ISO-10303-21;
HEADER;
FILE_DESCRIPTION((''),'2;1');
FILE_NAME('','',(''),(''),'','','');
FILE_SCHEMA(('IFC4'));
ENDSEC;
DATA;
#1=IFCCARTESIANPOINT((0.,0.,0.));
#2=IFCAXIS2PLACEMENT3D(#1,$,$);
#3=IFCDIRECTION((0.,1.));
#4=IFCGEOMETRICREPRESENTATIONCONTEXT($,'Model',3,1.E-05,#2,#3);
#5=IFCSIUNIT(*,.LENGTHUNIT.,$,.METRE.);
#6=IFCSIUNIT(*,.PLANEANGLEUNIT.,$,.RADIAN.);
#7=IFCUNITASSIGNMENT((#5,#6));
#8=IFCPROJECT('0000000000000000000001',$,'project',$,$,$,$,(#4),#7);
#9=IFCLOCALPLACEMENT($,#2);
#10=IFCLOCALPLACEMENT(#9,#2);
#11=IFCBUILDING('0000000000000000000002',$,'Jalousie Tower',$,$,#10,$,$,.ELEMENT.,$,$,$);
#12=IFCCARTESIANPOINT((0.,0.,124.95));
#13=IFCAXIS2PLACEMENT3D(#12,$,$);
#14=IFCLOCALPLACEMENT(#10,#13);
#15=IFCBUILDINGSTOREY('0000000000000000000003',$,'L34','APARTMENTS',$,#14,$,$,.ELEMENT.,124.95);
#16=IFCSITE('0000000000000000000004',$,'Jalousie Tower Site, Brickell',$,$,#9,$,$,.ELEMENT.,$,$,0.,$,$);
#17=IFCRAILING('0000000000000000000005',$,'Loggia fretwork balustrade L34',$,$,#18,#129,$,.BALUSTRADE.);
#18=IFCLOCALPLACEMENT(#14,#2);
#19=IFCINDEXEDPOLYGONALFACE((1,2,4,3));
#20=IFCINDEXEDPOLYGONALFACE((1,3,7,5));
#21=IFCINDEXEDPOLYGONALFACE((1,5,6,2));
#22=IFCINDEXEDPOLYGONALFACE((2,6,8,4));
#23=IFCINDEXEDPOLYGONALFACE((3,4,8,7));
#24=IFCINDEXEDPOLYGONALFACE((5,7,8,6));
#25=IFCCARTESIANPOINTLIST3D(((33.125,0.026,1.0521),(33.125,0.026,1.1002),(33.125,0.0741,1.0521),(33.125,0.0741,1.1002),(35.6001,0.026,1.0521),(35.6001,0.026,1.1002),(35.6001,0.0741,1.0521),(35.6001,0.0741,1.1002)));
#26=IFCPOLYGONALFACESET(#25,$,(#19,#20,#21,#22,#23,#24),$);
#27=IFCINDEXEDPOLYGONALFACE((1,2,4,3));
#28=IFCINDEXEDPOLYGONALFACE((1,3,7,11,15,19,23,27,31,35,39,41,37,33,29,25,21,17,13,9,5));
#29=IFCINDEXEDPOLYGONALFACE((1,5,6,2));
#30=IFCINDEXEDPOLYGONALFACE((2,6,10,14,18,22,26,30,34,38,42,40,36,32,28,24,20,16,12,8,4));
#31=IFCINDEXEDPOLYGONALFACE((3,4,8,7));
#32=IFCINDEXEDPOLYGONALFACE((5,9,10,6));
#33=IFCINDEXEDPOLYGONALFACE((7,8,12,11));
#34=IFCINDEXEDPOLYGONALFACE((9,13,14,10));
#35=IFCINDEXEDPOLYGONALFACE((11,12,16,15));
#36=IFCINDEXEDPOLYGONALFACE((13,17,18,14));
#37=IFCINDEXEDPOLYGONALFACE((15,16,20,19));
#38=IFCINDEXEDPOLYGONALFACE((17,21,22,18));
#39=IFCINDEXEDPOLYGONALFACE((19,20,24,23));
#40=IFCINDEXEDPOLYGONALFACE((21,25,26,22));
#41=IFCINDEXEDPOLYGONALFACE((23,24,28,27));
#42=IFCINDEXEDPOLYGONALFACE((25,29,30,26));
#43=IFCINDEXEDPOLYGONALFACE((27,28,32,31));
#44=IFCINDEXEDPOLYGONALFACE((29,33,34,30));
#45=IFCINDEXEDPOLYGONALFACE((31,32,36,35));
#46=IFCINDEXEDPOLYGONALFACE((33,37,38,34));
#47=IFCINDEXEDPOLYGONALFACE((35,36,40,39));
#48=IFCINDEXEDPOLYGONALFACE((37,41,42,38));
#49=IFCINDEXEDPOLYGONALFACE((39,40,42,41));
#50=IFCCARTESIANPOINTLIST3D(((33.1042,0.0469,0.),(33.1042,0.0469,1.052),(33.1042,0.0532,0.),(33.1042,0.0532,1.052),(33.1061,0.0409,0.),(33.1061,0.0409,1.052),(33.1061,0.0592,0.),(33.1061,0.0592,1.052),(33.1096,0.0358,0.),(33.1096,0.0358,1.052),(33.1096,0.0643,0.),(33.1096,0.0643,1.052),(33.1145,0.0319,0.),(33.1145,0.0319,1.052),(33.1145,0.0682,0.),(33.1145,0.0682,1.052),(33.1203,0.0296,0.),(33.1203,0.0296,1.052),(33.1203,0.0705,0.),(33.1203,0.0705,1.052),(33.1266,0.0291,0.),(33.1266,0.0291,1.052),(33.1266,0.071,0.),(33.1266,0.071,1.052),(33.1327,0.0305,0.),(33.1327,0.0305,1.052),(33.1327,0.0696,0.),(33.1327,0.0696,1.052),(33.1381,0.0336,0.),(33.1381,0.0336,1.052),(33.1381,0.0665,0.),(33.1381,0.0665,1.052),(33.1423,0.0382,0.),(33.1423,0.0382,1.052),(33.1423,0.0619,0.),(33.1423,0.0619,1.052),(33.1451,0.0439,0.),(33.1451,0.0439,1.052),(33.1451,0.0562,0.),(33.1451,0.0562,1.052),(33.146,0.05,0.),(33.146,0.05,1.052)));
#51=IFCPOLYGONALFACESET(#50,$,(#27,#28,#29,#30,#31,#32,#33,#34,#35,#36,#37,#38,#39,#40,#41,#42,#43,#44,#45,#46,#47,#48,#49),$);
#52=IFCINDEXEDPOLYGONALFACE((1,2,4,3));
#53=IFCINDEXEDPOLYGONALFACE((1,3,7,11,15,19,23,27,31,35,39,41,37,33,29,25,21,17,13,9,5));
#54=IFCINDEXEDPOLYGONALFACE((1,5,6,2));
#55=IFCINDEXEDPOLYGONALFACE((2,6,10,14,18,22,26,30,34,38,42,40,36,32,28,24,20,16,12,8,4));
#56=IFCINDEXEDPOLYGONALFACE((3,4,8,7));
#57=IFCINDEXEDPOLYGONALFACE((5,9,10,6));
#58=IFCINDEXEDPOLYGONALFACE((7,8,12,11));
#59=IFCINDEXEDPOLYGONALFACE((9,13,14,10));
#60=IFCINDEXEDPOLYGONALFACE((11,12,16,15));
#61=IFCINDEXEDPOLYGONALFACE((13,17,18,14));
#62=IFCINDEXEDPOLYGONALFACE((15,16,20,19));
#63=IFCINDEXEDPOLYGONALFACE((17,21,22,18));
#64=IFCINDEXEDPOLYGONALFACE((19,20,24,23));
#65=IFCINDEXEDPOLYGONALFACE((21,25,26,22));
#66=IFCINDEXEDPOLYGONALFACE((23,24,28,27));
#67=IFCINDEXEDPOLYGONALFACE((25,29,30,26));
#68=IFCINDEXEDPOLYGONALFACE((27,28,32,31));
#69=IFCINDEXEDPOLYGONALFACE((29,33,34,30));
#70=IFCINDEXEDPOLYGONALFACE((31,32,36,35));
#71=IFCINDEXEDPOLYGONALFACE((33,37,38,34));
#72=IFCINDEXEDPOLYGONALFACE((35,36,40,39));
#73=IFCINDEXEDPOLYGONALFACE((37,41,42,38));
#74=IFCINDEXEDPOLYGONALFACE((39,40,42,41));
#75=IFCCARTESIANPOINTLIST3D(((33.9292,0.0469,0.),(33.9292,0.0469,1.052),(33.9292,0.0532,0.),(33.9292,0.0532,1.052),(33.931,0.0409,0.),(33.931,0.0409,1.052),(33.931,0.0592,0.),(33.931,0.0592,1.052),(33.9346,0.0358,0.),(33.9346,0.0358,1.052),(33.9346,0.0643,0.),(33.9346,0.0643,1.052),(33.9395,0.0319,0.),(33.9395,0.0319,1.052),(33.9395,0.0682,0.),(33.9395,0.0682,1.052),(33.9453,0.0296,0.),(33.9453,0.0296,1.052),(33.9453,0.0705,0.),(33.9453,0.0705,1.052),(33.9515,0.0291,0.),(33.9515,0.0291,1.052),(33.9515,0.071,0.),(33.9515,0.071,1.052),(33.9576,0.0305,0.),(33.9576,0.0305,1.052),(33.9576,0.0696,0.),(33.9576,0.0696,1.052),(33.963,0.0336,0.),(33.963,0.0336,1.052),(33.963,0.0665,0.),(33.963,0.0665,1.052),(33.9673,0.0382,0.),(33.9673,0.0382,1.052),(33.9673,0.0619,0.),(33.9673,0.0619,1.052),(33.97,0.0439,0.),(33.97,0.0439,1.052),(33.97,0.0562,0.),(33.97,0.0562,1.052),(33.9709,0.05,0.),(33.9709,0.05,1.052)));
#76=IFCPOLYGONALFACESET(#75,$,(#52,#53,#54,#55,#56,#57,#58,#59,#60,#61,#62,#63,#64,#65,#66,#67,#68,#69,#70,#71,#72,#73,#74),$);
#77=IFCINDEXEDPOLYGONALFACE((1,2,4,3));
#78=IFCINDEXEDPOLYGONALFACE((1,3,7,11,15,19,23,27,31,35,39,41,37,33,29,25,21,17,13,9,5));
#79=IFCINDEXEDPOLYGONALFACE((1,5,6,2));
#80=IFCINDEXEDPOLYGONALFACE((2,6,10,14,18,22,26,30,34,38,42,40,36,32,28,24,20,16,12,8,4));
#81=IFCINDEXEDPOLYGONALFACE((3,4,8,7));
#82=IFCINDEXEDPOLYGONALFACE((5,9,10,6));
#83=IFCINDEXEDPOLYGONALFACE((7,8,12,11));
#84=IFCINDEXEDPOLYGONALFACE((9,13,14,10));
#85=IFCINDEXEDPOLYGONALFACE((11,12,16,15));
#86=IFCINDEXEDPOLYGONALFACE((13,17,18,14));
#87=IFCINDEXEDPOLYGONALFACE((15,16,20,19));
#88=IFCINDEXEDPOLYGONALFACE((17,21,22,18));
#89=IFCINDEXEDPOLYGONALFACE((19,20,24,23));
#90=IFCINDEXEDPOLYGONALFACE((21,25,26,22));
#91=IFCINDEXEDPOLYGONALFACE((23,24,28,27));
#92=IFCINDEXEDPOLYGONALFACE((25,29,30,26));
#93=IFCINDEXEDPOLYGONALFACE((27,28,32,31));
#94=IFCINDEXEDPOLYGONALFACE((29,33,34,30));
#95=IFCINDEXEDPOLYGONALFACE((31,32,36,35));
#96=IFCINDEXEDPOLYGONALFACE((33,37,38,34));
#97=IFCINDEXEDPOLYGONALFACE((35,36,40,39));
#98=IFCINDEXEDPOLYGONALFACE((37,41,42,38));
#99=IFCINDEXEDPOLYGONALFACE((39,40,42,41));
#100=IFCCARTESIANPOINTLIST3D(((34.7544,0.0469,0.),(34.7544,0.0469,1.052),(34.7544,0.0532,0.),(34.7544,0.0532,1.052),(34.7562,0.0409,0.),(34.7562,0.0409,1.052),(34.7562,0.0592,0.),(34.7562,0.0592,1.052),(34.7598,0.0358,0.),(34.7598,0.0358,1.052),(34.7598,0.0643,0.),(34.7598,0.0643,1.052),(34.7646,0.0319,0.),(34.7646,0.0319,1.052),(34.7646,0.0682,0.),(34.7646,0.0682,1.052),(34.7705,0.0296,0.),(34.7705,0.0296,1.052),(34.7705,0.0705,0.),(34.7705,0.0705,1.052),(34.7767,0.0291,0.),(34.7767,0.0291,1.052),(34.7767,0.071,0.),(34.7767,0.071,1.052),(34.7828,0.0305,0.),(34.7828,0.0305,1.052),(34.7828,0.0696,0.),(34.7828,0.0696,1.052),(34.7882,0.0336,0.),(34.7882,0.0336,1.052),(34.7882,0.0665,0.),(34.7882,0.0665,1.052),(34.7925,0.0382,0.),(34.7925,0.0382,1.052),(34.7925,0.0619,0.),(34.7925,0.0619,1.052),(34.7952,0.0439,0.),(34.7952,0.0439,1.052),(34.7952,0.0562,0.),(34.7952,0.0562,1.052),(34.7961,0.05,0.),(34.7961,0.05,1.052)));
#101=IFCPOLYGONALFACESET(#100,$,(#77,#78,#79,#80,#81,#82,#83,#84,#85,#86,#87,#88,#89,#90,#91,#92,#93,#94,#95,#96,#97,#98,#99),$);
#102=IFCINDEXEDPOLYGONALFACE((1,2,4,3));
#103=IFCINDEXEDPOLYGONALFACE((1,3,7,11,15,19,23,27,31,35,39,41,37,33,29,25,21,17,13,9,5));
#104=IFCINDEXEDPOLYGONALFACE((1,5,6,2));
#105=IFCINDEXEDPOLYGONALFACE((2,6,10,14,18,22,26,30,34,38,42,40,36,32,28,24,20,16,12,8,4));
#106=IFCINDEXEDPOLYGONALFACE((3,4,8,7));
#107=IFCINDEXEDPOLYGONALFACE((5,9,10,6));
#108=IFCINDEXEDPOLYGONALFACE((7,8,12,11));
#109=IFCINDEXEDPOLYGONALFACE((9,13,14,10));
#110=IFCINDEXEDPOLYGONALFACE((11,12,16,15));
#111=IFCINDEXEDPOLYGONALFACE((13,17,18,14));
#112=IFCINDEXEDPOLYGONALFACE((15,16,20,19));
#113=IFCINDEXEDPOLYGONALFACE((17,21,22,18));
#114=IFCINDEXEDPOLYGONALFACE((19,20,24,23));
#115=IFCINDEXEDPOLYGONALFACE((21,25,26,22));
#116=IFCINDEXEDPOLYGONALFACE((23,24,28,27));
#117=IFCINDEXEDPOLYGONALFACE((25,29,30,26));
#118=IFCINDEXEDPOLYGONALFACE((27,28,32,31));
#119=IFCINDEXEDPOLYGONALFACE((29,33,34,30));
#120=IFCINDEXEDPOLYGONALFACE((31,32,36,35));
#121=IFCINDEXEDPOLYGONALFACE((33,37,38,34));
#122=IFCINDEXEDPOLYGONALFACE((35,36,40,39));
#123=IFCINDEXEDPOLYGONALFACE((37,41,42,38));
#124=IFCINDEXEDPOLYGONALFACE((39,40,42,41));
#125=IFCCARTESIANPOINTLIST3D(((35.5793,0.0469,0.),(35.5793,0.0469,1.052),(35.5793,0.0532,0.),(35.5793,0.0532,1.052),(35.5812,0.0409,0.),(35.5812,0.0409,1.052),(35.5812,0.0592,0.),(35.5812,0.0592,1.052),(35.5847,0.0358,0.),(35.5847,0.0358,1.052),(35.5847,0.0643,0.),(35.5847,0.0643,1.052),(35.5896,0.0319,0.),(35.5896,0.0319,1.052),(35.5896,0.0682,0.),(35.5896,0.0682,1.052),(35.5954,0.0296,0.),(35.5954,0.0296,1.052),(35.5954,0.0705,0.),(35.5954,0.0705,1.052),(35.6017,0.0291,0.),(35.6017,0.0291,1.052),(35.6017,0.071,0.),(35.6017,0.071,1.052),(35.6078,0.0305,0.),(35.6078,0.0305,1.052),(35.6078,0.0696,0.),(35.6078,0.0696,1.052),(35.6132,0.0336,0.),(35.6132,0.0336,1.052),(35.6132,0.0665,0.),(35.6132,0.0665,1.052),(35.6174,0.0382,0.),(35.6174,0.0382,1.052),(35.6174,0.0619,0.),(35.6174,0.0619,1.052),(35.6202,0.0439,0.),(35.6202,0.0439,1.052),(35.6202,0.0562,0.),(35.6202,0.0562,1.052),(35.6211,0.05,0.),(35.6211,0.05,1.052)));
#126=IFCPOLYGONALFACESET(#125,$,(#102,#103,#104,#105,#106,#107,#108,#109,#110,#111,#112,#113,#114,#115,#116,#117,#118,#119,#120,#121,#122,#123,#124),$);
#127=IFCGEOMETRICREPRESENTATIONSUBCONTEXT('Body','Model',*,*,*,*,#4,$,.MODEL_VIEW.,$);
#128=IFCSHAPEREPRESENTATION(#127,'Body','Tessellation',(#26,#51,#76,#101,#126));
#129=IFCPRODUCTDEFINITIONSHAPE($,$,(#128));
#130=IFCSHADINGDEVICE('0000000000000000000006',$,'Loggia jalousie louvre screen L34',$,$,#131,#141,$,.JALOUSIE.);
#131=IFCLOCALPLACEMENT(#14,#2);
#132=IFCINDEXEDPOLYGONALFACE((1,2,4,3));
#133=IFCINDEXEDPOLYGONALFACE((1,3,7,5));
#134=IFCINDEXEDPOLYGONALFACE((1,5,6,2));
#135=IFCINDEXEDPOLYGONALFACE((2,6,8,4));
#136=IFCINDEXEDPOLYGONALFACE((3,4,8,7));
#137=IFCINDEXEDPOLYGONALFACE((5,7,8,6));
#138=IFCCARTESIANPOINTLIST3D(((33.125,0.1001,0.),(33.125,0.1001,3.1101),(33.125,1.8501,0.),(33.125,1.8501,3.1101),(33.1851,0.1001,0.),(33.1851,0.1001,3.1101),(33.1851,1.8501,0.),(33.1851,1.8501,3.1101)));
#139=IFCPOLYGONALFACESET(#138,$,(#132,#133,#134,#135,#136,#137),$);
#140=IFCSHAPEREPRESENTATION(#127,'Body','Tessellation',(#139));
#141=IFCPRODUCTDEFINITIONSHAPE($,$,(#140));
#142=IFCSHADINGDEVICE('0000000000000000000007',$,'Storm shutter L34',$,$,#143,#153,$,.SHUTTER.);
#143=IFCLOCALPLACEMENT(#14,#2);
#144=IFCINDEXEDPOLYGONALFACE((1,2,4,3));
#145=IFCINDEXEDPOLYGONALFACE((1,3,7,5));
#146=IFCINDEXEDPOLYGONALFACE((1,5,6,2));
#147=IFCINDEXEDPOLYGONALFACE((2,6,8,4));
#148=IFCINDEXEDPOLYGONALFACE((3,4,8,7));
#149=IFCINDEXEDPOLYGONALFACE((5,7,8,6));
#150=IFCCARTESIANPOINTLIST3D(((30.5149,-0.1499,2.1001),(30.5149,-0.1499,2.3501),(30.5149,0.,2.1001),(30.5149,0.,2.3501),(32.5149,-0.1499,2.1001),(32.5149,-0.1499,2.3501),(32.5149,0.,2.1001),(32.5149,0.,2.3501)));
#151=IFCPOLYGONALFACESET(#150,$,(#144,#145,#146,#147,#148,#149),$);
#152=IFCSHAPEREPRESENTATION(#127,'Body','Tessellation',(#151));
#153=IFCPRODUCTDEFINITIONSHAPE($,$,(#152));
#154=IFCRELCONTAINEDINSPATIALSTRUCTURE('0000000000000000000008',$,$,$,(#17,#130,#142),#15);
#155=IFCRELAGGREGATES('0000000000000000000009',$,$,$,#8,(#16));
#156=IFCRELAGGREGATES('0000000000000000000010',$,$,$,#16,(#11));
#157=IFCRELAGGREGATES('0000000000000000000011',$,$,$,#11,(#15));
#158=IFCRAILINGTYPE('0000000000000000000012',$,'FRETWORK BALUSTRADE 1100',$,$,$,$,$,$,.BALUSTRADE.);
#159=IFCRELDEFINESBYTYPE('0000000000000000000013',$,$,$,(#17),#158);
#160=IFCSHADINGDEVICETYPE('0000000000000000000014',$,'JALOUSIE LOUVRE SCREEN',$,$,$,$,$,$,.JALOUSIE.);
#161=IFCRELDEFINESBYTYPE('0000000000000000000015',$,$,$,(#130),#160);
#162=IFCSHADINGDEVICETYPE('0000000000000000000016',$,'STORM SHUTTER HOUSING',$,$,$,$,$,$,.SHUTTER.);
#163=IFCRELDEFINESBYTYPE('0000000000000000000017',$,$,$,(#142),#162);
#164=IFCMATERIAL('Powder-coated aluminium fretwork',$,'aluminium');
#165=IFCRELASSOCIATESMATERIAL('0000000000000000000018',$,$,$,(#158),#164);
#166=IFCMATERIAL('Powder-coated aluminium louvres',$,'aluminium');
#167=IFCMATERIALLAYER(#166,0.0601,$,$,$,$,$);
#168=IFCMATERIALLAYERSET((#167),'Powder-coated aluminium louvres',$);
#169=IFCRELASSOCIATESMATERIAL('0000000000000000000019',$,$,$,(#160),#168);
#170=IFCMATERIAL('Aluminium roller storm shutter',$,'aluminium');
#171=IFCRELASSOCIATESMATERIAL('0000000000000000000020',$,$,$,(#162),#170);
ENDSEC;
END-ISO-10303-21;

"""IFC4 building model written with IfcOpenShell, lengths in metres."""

from ifc_helpers import new_model, si_unit, direction, frame, origin, origin_2d, place, context, subcontext, project, spatial, rectangle, circle, extrude, material, layer, layer_set, type_object, element, save


model = new_model("IFC4")

# Units and contexts
model_context = context("Model", 3, precision=1e-05, world=origin(), true_north=direction((0.0, 1.0)))
body_context = subcontext(model_context, "Body", "Model", "MODEL_VIEW")
ifc_project = project(units=[si_unit("LENGTHUNIT", "METRE"), si_unit("PLANEANGLEUNIT", "RADIAN")], contexts=[model_context])

# Site, building, storey
site_placement = place(None, origin())
site = spatial("IfcSite", under=ifc_project, at=site_placement, Name="Jalousie Tower Site, Brickell", CompositionType="ELEMENT", RefElevation=0.0)
building_placement = place(site_placement, origin())
building = spatial("IfcBuilding", under=site, at=building_placement, Name="Jalousie Tower", CompositionType="ELEMENT")
storey_placement = place(building_placement, frame((0.0, 0.0, 124.95)))
storey = spatial("IfcBuildingStorey", under=building, at=storey_placement, Name="L34", Description="APARTMENTS", CompositionType="ELEMENT", Elevation=124.95)

# Railing
ifc_material_1 = material(Name="Powder-coated aluminium fretwork", Category="aluminium")
railing_type = type_object("IfcRailingType", Name="FRETWORK BALUSTRADE 1100", PredefinedType="BALUSTRADE", material=ifc_material_1)
railing_placement = place(storey_placement, frame((33.125, 0.05, 0.0)))
element("IfcRailing", 1, at=railing_placement, inside=storey, type_object=railing_type, Name="Loggia fretwork balustrade L34", PredefinedType="BALUSTRADE", context=body_context, shape_type="SweptSolid", body=[
    extrude(rectangle(XDim=0.0481, YDim=0.0481, at=origin_2d()), frame((0.0, 0.0, 1.0762), z_axis=(1.0, 0.0, 0.0), x_axis=(0.0, 1.0, 0.0)), (0.0, 0.0, 1.0), 2.4751),
    extrude(circle(Radius=0.021, at=origin_2d()), origin(), (0.0, 0.0, 1.0), 1.052),
    extrude(circle(Radius=0.021, at=origin_2d()), frame((0.825, 0.0, 0.0)), (0.0, 0.0, 1.0), 1.052),
    extrude(circle(Radius=0.021, at=origin_2d()), frame((1.6501, 0.0, 0.0)), (0.0, 0.0, 1.0), 1.052),
    extrude(circle(Radius=0.021, at=origin_2d()), frame((2.4751, 0.0, 0.0)), (0.0, 0.0, 1.0), 1.052),
])

# Shading devices
ifc_material_2 = material(Name="Powder-coated aluminium louvres", Category="aluminium")
ifc_layer_1 = layer(ifc_material_2, 0.0601)
ifc_layer_set_1 = layer_set([ifc_layer_1], Name="Powder-coated aluminium louvres")
shading_device_type_1 = type_object("IfcShadingDeviceType", Name="JALOUSIE LOUVRE SCREEN", PredefinedType="JALOUSIE", material=ifc_layer_set_1)
shading_device_1_placement = place(storey_placement, frame((33.155, 0.9751, 0.0), z_axis=(0.0, 0.0, 1.0), x_axis=(1.0, 0.0, 0.0)))
element("IfcShadingDevice", 2, at=shading_device_1_placement, inside=storey, type_object=shading_device_type_1, Name="Loggia jalousie louvre screen L34", PredefinedType="JALOUSIE", context=body_context, shape_type="SweptSolid", body=[
    extrude(rectangle(XDim=0.0601, YDim=1.75, at=origin_2d()), origin(), (0.0, 0.0, 1.0), 3.1101),
])
ifc_material_3 = material(Name="Aluminium roller storm shutter", Category="aluminium")
shading_device_type_2 = type_object("IfcShadingDeviceType", Name="STORM SHUTTER HOUSING", PredefinedType="SHUTTER", material=ifc_material_3)
shading_device_2_placement = place(storey_placement, frame((31.5149, -0.075, 2.1001), z_axis=(0.0, 0.0, 1.0), x_axis=(1.0, 0.0, 0.0)))
element("IfcShadingDevice", 3, at=shading_device_2_placement, inside=storey, type_object=shading_device_type_2, Name="Storm shutter L34", PredefinedType="SHUTTER", context=body_context, shape_type="SweptSolid", body=[
    extrude(rectangle(XDim=2.0, YDim=0.1499, at=origin_2d()), origin(), (0.0, 0.0, 1.0), 0.25),
])

save(model, "model.ifc")
